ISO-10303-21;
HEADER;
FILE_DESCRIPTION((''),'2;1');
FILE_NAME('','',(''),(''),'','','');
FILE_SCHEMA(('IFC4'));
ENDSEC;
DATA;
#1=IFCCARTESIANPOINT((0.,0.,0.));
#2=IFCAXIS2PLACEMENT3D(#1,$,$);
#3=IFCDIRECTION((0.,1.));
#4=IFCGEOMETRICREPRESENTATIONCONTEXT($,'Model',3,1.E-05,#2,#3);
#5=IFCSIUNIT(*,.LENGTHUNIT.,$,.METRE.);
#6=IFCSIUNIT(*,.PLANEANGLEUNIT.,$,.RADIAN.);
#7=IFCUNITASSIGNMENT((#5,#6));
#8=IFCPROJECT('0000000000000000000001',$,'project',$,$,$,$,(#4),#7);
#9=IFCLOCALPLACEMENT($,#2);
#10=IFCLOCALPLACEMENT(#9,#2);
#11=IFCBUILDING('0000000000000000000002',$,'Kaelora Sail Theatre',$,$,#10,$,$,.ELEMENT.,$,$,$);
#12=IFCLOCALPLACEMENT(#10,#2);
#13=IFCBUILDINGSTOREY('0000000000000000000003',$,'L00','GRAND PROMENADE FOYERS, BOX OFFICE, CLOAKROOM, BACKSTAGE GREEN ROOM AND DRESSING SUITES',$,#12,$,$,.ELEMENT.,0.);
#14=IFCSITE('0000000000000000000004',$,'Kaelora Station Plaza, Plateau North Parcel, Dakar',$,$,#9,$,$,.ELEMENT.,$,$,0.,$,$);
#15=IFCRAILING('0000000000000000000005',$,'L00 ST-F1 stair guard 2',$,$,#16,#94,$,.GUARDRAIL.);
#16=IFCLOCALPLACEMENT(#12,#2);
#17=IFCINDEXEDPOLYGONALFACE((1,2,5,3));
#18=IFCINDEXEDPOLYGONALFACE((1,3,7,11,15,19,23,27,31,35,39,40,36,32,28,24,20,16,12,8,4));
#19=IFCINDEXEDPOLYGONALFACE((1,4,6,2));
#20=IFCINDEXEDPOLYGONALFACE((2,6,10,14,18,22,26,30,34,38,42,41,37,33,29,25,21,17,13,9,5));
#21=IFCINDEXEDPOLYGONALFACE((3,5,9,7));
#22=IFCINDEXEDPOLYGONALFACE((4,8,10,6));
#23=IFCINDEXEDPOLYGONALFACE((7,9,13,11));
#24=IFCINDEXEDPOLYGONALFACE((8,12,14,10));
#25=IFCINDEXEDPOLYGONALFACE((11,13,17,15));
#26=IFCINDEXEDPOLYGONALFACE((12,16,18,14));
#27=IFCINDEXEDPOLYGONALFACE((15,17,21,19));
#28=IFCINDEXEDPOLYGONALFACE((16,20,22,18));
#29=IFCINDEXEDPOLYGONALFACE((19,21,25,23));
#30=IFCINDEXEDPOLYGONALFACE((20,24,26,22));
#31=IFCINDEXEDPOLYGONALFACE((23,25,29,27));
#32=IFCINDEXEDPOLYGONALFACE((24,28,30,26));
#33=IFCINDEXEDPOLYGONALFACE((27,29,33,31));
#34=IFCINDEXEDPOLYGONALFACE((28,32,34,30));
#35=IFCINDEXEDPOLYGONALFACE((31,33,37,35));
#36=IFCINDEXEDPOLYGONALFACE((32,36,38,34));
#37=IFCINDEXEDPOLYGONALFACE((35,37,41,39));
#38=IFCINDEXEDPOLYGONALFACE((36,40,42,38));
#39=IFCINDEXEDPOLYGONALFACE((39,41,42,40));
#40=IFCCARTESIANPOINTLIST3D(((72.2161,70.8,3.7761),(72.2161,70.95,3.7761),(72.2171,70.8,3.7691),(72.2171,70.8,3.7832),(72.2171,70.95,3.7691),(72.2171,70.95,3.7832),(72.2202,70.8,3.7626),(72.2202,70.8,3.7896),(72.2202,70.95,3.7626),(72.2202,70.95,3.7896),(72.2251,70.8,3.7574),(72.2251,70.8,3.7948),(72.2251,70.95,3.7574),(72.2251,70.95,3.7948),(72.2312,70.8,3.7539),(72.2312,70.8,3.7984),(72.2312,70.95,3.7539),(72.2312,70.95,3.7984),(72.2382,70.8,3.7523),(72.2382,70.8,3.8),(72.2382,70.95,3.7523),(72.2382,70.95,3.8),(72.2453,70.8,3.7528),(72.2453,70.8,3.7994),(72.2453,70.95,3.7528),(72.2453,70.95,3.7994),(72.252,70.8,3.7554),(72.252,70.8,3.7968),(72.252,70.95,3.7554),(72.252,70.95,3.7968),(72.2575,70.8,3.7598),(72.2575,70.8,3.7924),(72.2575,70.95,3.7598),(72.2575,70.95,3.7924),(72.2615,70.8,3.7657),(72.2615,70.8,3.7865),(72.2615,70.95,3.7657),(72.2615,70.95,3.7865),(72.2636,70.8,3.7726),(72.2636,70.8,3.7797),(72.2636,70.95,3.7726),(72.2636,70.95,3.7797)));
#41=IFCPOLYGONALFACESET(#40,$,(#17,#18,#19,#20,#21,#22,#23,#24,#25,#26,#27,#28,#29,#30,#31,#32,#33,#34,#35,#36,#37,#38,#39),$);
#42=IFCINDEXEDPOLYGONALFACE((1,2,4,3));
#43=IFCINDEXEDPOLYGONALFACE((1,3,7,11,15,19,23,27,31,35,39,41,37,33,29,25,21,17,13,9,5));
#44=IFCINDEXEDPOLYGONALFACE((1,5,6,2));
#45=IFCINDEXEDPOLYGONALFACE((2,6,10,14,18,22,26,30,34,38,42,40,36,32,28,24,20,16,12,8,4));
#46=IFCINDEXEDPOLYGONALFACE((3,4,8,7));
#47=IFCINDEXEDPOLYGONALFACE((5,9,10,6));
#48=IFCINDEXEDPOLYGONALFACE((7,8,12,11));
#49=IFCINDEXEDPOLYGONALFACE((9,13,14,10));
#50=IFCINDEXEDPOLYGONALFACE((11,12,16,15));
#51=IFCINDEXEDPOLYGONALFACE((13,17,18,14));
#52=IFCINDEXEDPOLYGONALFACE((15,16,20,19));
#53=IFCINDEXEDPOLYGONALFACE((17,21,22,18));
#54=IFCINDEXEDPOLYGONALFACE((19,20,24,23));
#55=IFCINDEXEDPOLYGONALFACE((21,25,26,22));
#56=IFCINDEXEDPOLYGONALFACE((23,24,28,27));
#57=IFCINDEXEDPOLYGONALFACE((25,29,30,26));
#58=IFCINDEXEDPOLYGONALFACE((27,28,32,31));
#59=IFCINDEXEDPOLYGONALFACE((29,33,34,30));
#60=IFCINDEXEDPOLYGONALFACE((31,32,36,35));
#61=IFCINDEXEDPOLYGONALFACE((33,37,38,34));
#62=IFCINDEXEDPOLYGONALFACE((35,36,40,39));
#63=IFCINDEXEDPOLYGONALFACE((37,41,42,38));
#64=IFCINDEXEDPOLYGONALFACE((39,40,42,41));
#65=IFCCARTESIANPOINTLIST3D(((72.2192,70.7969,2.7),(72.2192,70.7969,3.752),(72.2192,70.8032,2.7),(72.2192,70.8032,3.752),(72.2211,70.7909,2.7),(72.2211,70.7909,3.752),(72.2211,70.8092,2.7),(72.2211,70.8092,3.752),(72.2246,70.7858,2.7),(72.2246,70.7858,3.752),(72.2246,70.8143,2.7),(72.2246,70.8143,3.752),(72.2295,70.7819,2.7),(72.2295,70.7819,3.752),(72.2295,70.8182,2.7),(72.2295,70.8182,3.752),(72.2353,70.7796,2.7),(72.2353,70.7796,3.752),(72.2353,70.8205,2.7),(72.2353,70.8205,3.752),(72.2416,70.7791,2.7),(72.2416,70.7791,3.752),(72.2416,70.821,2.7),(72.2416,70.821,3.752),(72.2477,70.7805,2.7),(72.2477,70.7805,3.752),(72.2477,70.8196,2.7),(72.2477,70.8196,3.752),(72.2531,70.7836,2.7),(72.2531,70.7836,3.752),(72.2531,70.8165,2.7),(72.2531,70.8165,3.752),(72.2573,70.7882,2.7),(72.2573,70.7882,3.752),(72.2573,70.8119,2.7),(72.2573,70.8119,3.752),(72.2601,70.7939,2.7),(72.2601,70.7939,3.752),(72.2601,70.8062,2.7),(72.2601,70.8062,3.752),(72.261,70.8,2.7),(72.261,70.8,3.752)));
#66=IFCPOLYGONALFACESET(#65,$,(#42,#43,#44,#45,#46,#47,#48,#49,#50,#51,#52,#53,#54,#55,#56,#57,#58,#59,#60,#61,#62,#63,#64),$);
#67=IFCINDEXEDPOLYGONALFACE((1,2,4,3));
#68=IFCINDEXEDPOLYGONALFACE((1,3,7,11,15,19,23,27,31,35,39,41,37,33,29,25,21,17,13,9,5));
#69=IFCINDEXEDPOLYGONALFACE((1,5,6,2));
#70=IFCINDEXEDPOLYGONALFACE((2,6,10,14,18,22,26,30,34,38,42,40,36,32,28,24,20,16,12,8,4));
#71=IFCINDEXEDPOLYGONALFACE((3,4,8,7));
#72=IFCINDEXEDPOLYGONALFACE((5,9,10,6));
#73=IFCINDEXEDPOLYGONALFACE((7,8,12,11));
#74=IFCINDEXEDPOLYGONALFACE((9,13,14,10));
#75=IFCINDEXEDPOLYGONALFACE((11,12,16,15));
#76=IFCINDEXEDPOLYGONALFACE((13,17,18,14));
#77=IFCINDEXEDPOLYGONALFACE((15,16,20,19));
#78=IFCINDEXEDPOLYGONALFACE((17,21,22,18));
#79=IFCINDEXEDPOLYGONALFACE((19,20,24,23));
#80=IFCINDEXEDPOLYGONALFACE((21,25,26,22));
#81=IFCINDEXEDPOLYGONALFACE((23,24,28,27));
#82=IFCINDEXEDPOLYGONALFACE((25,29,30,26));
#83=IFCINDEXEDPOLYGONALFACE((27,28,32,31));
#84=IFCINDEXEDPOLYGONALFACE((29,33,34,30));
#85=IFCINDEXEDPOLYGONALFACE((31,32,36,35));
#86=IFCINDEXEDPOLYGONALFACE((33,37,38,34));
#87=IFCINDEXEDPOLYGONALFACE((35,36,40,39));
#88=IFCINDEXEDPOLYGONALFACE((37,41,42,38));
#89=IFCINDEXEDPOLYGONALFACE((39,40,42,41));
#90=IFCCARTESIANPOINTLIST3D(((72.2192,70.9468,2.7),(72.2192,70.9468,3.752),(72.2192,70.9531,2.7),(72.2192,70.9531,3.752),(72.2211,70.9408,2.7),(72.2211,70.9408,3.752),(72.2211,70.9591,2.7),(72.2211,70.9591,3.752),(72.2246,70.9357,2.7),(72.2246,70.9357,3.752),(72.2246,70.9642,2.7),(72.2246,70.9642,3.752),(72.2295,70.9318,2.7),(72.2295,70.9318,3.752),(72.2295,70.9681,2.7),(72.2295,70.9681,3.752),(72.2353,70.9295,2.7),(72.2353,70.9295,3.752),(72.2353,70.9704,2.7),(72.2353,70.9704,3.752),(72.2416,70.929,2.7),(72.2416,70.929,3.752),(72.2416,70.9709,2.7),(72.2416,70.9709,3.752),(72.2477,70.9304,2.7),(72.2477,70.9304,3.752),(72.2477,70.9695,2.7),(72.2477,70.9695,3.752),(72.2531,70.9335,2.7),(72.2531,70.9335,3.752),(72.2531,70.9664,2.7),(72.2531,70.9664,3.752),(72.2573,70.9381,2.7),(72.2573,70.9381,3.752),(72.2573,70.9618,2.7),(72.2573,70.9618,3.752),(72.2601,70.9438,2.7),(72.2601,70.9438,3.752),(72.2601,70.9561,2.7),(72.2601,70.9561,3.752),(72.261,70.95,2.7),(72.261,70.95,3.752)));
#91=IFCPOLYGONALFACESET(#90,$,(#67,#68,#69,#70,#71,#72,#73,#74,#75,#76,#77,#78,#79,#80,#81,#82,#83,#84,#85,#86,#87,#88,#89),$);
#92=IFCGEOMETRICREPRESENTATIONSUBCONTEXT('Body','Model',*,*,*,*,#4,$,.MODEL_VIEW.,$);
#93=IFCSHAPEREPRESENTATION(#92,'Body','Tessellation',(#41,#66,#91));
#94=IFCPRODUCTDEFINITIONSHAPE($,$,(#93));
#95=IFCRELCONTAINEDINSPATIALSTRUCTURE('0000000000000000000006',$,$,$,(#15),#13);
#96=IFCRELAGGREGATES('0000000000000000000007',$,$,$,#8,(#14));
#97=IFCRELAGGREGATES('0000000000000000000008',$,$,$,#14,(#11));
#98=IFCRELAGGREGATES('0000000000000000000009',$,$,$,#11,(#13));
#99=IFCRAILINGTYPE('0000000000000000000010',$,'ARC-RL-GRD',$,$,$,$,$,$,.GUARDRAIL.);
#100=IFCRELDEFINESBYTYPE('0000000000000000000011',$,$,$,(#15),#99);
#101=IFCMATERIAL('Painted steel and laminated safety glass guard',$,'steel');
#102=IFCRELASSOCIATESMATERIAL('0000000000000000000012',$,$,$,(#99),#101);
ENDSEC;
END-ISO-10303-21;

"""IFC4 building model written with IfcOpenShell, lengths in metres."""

from ifc_helpers import new_model, si_unit, direction, frame, origin, origin_2d, place, context, subcontext, project, spatial, circle, extrude, material, type_object, element, save


model = new_model("IFC4")

# Units and contexts
model_context = context("Model", 3, precision=1e-05, world=origin(), true_north=direction((0.0, 1.0)))
body_context = subcontext(model_context, "Body", "Model", "MODEL_VIEW")
ifc_project = project(units=[si_unit("LENGTHUNIT", "METRE"), si_unit("PLANEANGLEUNIT", "RADIAN")], contexts=[model_context])

# Site, building, storey
site_placement = place(None, origin())
site = spatial("IfcSite", under=ifc_project, at=site_placement, Name="Kaelora Station Plaza, Plateau North Parcel, Dakar", CompositionType="ELEMENT", RefElevation=0.0)
building_placement = place(site_placement, origin())
building = spatial("IfcBuilding", under=site, at=building_placement, Name="Kaelora Sail Theatre", CompositionType="ELEMENT")
storey_placement = place(building_placement, origin())
storey = spatial("IfcBuildingStorey", under=building, at=storey_placement, Name="L00", Description="GRAND PROMENADE FOYERS, BOX OFFICE, CLOAKROOM, BACKSTAGE GREEN ROOM AND DRESSING SUITES", CompositionType="ELEMENT", Elevation=0.0)

# Railing
ifc_material_1 = material(Name="Painted steel and laminated safety glass guard", Category="steel")
railing_type_1 = type_object("IfcRailingType", Name="ARC-RL-GRD", PredefinedType="GUARDRAIL", material=ifc_material_1)
railing_1_placement = place(storey_placement, frame((72.24, 70.8, 2.7)))
element("IfcRailing", 1, at=railing_1_placement, inside=storey, type_object=railing_type_1, Name="L00 ST-F1 stair guard 2", PredefinedType="GUARDRAIL", context=body_context, shape_type="SweptSolid", body=[
    extrude(circle(Radius=0.0239, at=origin_2d()), frame((0.0, 0.0, 1.0762), z_axis=(0.0, 1.0, 0.0), x_axis=(-1.0, 0.0, 0.0)), (0.0, 0.0, 1.0), 0.1499),
    extrude(circle(Radius=0.021, at=origin_2d()), origin(), (0.0, 0.0, 1.0), 1.052),
    extrude(circle(Radius=0.021, at=origin_2d()), frame((0.0, 0.1499, 0.0)), (0.0, 0.0, 1.0), 1.052),
])

save(model, "model.ifc")
